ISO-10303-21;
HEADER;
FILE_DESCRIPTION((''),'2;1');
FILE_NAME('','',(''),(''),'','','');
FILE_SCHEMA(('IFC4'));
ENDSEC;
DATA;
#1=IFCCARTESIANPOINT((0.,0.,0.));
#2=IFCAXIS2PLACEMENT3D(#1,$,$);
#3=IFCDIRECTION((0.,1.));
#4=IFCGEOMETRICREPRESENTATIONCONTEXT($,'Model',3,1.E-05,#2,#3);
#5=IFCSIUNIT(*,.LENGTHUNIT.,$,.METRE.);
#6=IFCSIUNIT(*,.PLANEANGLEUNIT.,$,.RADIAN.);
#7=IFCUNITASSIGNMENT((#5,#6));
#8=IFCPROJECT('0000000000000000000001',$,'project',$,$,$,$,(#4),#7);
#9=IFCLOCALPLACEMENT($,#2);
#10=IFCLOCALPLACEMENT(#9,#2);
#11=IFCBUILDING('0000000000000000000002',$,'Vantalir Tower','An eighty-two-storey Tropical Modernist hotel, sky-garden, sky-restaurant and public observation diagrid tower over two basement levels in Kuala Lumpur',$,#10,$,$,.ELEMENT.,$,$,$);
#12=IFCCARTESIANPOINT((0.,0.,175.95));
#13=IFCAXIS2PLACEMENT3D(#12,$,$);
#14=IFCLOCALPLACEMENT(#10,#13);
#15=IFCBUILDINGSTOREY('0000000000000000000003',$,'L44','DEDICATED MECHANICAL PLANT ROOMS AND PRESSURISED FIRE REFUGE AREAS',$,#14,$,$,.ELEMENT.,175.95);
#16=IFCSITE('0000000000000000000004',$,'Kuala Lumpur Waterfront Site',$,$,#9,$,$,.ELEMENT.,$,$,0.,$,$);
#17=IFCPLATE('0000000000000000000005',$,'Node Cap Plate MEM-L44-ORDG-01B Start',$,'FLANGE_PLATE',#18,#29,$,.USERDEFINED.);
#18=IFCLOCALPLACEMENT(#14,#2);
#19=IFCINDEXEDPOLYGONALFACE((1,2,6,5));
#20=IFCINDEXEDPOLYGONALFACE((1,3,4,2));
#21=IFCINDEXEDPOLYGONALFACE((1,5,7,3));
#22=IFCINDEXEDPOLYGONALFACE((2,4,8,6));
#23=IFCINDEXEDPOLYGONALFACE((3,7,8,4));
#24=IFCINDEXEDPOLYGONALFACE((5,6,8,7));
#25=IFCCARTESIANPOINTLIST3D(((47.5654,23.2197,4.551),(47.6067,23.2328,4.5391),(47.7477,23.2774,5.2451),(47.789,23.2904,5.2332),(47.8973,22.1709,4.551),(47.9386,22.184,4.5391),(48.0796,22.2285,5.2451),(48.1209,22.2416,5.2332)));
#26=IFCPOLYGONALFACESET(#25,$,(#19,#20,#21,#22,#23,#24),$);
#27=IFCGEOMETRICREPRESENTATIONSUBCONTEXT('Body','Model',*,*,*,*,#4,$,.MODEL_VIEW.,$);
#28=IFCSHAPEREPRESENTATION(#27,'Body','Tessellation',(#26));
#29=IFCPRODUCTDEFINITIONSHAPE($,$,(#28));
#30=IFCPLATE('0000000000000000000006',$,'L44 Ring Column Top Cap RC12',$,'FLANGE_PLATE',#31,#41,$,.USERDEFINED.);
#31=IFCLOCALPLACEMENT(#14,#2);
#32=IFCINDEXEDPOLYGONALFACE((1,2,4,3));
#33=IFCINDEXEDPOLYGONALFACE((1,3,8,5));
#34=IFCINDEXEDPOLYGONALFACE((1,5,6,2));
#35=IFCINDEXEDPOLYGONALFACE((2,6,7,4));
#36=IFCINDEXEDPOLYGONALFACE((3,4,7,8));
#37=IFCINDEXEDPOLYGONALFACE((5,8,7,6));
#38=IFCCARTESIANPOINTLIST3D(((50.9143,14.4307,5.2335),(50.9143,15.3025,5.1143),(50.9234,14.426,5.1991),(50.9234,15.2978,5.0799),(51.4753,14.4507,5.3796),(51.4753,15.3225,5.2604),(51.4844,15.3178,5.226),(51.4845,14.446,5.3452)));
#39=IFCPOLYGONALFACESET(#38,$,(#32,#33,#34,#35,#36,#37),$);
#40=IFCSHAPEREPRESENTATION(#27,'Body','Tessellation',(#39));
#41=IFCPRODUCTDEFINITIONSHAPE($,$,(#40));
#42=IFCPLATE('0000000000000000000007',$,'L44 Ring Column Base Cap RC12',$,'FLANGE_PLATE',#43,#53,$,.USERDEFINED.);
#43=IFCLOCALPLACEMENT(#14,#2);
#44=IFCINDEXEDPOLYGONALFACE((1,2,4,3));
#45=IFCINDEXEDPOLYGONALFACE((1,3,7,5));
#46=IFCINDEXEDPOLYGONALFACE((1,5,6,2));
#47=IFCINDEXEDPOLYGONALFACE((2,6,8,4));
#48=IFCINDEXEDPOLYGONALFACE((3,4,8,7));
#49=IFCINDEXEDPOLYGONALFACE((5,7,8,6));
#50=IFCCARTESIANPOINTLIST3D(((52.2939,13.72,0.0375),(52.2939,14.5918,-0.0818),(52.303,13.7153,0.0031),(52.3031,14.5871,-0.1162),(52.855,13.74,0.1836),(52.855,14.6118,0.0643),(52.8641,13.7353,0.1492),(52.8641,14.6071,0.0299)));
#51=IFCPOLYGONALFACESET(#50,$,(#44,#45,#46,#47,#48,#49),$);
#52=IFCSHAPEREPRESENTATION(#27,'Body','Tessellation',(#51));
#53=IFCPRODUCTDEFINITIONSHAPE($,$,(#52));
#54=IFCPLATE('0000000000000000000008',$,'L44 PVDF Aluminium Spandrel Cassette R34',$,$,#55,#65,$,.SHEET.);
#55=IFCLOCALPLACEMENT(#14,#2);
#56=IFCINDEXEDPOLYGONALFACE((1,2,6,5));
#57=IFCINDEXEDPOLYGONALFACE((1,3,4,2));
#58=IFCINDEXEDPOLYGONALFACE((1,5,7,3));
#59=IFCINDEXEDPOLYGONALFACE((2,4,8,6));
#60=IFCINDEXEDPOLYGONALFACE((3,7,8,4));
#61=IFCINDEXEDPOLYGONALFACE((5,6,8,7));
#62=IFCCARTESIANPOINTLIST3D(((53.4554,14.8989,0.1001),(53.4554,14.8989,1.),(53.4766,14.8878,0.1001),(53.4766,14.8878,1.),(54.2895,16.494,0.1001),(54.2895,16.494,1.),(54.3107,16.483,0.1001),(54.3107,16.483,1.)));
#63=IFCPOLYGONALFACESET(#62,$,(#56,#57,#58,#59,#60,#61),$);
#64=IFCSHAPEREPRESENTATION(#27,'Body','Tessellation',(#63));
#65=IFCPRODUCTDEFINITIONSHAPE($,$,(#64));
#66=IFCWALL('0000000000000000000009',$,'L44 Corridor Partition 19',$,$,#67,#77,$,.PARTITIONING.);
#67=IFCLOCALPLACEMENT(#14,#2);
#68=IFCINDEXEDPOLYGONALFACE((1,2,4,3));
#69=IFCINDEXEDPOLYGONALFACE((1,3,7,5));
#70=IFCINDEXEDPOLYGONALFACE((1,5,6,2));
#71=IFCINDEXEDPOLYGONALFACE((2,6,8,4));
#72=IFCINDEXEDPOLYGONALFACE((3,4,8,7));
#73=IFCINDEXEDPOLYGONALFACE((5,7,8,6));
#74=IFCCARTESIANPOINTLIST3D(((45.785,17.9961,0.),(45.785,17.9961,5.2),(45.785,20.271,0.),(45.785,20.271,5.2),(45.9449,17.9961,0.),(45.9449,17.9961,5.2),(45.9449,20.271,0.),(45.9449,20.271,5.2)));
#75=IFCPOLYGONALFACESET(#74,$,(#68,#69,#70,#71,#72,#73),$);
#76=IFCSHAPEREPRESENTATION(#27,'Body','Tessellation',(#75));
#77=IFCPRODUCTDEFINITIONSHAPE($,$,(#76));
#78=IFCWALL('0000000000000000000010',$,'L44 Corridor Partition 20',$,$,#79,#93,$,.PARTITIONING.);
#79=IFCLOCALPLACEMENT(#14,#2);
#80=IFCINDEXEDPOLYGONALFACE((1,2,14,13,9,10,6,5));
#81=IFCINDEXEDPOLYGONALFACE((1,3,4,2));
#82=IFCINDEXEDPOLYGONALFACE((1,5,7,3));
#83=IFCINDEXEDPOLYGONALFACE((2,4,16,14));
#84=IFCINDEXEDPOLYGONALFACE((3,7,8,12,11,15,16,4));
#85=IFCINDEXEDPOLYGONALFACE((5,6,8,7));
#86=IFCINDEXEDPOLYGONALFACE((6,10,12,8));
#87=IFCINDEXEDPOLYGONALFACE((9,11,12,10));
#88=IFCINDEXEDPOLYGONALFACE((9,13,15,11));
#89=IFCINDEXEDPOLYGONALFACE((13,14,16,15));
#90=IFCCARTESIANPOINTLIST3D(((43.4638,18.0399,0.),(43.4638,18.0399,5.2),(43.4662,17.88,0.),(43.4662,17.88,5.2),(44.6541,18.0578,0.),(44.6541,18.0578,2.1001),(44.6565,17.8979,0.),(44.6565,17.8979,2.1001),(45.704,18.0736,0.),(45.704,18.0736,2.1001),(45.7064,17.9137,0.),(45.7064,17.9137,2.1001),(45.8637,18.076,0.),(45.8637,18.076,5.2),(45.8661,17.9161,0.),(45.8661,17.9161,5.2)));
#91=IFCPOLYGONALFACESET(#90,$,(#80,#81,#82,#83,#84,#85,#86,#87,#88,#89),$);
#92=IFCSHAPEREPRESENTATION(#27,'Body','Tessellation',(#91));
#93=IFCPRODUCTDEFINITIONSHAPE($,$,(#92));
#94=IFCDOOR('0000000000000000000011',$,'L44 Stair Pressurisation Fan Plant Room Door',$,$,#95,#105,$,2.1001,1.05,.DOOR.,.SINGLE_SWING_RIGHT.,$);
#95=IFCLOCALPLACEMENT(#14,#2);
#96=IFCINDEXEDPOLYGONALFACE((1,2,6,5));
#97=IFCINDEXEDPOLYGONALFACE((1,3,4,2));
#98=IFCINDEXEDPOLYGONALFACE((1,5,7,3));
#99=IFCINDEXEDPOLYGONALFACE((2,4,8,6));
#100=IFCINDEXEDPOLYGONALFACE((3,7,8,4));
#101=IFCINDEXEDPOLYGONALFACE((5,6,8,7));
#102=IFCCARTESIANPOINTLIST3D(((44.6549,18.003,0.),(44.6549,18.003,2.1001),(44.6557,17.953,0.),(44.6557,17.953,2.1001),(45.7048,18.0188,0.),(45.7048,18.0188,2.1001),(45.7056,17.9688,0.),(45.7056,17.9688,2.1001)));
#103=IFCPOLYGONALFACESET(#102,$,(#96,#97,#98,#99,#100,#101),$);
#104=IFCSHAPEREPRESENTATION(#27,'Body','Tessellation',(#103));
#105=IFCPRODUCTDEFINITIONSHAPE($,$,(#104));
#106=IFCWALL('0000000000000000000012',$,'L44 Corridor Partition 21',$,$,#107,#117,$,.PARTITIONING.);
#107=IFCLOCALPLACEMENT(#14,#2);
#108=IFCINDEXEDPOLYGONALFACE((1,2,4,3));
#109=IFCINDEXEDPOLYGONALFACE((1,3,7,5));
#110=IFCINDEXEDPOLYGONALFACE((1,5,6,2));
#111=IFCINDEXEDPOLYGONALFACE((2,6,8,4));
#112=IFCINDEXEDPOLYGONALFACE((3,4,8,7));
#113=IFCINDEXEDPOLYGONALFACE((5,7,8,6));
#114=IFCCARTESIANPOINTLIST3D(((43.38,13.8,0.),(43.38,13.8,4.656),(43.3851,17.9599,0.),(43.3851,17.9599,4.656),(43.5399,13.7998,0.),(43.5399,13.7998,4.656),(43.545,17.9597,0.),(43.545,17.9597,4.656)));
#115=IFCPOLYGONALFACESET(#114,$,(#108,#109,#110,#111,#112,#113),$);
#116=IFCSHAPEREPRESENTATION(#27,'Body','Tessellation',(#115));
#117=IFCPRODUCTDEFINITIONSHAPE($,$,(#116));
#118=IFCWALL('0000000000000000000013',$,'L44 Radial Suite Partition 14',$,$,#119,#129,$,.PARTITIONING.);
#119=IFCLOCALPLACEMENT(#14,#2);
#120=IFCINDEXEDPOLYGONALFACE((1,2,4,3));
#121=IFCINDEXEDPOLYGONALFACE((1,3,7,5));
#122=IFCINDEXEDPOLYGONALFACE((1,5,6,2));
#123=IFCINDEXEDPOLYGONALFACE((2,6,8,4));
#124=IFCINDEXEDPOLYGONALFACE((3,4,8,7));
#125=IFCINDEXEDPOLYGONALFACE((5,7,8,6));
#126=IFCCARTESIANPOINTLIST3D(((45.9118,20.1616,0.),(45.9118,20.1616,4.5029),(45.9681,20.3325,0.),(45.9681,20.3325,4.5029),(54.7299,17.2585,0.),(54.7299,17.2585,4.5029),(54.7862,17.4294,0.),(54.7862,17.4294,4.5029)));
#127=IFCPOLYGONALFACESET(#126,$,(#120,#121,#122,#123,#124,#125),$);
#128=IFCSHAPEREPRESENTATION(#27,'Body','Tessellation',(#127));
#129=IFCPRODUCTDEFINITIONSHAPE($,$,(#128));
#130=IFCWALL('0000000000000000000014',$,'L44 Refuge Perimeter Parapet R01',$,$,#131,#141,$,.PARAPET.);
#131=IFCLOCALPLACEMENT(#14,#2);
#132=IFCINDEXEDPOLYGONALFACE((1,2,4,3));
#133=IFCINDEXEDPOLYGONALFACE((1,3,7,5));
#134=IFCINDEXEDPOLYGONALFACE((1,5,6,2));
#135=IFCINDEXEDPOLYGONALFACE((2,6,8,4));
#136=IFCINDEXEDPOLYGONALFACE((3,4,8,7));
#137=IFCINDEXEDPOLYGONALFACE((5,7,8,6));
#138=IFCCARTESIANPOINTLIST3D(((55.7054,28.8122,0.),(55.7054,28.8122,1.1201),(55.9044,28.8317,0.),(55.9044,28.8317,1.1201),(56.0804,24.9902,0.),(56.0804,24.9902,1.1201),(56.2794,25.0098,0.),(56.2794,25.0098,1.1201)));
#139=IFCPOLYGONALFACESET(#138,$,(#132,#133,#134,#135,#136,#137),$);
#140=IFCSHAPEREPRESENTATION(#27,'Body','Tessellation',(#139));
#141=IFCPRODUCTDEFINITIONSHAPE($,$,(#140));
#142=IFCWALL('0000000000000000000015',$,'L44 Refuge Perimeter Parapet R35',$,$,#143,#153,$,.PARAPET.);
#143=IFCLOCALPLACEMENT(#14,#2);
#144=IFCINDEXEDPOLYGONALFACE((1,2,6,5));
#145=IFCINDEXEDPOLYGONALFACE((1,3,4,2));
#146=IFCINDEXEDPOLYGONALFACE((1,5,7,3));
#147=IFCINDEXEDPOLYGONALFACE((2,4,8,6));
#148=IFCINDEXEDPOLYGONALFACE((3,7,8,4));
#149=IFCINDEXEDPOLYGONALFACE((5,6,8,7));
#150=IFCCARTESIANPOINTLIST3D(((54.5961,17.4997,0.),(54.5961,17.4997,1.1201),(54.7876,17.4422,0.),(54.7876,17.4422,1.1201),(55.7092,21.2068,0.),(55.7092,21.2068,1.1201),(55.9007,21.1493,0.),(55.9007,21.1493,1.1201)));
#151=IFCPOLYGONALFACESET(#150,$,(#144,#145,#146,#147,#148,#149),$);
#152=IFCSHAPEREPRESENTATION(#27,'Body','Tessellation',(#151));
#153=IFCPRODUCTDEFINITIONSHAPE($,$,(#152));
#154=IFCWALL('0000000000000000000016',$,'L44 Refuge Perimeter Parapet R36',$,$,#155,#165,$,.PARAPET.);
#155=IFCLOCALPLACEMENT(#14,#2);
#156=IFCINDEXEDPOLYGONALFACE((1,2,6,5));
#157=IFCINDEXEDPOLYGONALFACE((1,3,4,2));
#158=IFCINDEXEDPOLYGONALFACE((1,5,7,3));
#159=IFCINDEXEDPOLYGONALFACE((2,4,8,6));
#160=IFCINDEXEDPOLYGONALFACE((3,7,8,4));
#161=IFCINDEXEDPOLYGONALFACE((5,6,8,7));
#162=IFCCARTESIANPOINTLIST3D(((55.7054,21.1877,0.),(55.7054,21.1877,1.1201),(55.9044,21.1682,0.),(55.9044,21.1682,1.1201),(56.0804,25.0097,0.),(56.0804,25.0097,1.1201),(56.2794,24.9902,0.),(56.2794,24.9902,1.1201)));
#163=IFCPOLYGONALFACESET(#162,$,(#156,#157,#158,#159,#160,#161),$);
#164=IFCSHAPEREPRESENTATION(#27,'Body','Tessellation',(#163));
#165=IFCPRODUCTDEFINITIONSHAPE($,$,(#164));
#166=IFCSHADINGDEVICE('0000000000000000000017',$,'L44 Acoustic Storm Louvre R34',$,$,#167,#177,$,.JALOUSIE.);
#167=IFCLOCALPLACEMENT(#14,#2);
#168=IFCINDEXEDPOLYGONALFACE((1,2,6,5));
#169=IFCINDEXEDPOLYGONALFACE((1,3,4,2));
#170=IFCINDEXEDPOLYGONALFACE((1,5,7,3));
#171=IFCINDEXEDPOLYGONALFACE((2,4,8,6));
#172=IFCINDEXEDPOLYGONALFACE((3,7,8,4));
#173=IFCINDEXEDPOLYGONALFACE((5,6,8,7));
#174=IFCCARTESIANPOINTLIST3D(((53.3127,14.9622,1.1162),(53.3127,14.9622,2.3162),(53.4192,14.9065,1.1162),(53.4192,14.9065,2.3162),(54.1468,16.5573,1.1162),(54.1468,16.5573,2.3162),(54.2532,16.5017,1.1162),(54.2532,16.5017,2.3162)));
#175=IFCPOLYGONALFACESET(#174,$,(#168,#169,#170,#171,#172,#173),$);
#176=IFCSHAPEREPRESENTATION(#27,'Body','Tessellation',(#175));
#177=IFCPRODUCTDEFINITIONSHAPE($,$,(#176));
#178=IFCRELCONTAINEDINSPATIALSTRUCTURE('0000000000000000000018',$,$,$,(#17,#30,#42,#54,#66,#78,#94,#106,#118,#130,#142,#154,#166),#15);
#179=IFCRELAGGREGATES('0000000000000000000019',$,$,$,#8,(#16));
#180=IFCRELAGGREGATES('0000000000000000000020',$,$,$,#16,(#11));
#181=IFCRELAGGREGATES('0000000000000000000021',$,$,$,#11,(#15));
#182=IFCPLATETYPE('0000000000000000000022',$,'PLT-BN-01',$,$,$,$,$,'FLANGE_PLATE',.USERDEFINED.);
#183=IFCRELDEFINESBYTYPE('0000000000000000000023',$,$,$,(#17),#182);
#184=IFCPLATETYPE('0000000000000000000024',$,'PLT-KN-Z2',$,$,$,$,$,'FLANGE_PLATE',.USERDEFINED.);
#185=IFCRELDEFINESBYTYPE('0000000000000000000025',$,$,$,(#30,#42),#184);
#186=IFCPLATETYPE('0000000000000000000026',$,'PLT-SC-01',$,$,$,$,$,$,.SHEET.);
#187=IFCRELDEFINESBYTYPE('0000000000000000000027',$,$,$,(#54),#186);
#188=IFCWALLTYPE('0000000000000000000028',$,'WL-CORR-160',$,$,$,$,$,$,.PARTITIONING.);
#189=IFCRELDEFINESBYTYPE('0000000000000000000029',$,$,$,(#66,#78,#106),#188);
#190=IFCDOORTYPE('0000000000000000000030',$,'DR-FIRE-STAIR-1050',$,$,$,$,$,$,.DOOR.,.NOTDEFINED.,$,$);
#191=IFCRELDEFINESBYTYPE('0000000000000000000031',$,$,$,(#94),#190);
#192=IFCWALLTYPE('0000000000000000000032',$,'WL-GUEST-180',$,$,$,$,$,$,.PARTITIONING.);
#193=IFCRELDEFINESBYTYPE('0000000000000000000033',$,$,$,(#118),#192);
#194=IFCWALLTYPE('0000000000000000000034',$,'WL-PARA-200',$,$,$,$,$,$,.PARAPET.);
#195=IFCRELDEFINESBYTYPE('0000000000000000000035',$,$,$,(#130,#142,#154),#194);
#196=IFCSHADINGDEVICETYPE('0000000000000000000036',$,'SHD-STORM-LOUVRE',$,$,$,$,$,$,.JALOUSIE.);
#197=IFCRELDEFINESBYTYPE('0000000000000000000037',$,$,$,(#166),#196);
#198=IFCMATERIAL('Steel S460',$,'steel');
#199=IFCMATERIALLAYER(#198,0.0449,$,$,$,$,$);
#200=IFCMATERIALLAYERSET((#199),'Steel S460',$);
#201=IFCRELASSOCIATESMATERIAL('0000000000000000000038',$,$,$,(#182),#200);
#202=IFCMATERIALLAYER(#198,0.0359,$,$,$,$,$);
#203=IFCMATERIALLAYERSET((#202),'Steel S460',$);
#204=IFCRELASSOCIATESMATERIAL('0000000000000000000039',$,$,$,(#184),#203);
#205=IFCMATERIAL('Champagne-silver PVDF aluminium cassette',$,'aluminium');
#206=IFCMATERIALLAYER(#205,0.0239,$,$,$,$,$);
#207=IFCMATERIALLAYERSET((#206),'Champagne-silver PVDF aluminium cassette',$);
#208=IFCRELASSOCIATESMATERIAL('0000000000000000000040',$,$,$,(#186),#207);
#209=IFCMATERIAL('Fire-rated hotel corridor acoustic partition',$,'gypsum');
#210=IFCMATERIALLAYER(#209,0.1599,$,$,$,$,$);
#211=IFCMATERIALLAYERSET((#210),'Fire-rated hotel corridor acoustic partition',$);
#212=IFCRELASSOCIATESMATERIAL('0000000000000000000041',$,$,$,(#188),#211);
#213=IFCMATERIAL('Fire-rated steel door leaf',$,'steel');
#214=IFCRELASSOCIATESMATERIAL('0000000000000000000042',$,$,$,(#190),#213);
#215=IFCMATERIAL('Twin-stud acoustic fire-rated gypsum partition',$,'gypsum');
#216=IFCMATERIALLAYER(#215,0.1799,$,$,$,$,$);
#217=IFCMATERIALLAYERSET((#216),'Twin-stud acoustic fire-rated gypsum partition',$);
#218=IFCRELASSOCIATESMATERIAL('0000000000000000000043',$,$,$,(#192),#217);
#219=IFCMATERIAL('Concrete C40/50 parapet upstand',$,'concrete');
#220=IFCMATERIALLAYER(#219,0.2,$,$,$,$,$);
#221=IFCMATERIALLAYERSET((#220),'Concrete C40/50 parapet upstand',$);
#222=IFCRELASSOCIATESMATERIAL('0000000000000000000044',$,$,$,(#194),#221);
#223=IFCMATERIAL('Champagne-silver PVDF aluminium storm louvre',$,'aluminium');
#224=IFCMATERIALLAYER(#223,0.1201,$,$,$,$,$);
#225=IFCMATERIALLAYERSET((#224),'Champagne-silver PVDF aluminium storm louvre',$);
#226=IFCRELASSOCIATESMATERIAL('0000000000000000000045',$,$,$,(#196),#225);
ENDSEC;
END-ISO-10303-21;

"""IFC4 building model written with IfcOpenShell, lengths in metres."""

from ifc_helpers import new_model, si_unit, direction, frame, frame_2d, origin, origin_2d, place, context, subcontext, project, spatial, polyline, rectangle, outline, extrude, material, layer, layer_set, type_object, element, fill, save


model = new_model("IFC4")

# Units and contexts
model_context = context("Model", 3, precision=1e-05, world=origin(), true_north=direction((0.0, 1.0)))
body_context = subcontext(model_context, "Body", "Model", "MODEL_VIEW")
ifc_project = project(units=[si_unit("LENGTHUNIT", "METRE"), si_unit("PLANEANGLEUNIT", "RADIAN")], contexts=[model_context])

# Site, building, storey
site_placement = place(None, origin())
site = spatial("IfcSite", under=ifc_project, at=site_placement, Name="Kuala Lumpur Waterfront Site", CompositionType="ELEMENT", RefElevation=0.0)
building_placement = place(site_placement, origin())
building = spatial("IfcBuilding", under=site, at=building_placement, Name="Vantalir Tower", Description="An eighty-two-storey Tropical Modernist hotel, sky-garden, sky-restaurant and public observation diagrid tower over two basement levels in Kuala Lumpur", CompositionType="ELEMENT")
storey_placement = place(building_placement, frame((0.0, 0.0, 175.95)))
storey = spatial("IfcBuildingStorey", under=building, at=storey_placement, Name="L44", Description="DEDICATED MECHANICAL PLANT ROOMS AND PRESSURISED FIRE REFUGE AREAS", CompositionType="ELEMENT", Elevation=175.95)

# Shared definitions
ifc_material_1 = material(Name="Steel S460", Category="steel")

# Plates
ifc_layer_1 = layer(ifc_material_1, 0.0449)
ifc_layer_set_1 = layer_set([ifc_layer_1], Name="Steel S460")
plate_type_1 = type_object("IfcPlateType", Name="PLT-BN-01", ElementType="FLANGE_PLATE", PredefinedType="USERDEFINED", material=ifc_layer_set_1)
plate_1_placement = place(storey_placement, frame((47.5654, 23.2197, 4.551), z_axis=(-0.919183, -0.290882, 0.265501), x_axis=(0.301703, -0.953402, -0.000027)))
element("IfcPlate", 1, at=plate_1_placement, inside=storey, type_object=plate_type_1, Name="Node Cap Plate MEM-L44-ORDG-01B Start", ObjectType="FLANGE_PLATE", PredefinedType="USERDEFINED", context=body_context, shape_type="SweptSolid", body=[
    extrude(outline(polyline([(0.0, 0.0), (1.1001, 0.0), (1.1001, 0.72), (0.0, 0.7199), (0.0, 0.0)])), origin(), (0.0, 0.0, -1.0), 0.0449),
])
ifc_layer_2 = layer(ifc_material_1, 0.0359)
ifc_layer_set_2 = layer_set([ifc_layer_2], Name="Steel S460")
plate_type_2 = type_object("IfcPlateType", Name="PLT-KN-Z2", ElementType="FLANGE_PLATE", PredefinedType="USERDEFINED", material=ifc_layer_set_2)
for number, where, z_axis, x_axis, name in (
    (2, (50.9143, 15.3025, 5.1143), (-0.254239, 0.131081, 0.958217), (-0.000034, -0.990774, 0.135525), "L44 Ring Column Top Cap RC12"),
    (3, (52.2939, 14.5918, -0.0818), (-0.254239, 0.131081, 0.958217), (-0.000034, -0.990774, 0.135525), "L44 Ring Column Base Cap RC12"),
):
    element("IfcPlate", number, at=place(storey_placement, frame(where, z_axis=z_axis, x_axis=x_axis)), inside=storey, type_object=plate_type_2, Name=name, ObjectType="FLANGE_PLATE", PredefinedType="USERDEFINED", context=body_context, shape_type="SweptSolid", body=[
        extrude(outline(polyline([(0.0, 0.0), (0.8799, 0.0), (0.8799, 0.5801), (-0.0001, 0.5801), (0.0, 0.0)])), origin(), (0.0, 0.0, -1.0), 0.0359),
    ])
ifc_material_2 = material(Name="Champagne-silver PVDF aluminium cassette", Category="aluminium")
ifc_layer_3 = layer(ifc_material_2, 0.0239)
ifc_layer_set_3 = layer_set([ifc_layer_3], Name="Champagne-silver PVDF aluminium cassette")
plate_type_3 = type_object("IfcPlateType", Name="PLT-SC-01", PredefinedType="SHEET", material=ifc_layer_set_3)
plate_2_placement = place(storey_placement, frame((53.8831, 15.6909, 0.1001), z_axis=(0.0, 0.0, 1.0), x_axis=(0.463342, 0.886179, 0.0)))
element("IfcPlate", 4, at=plate_2_placement, inside=storey, type_object=plate_type_3, Name="L44 PVDF Aluminium Spandrel Cassette R34", PredefinedType="SHEET", context=body_context, shape_type="SweptSolid", body=[
    extrude(rectangle(XDim=1.8, YDim=0.0239, at=origin_2d()), origin(), (0.0, 0.0, 1.0), 0.8999),
])

# Wall
ifc_material_3 = material(Name="Fire-rated hotel corridor acoustic partition", Category="gypsum")
ifc_layer_4 = layer(ifc_material_3, 0.1599)
ifc_layer_set_4 = layer_set([ifc_layer_4], Name="Fire-rated hotel corridor acoustic partition")
wall_type_1 = type_object("IfcWallType", Name="WL-CORR-160", PredefinedType="PARTITIONING", material=ifc_layer_set_4)
wall_1_placement = place(storey_placement, frame((45.865, 20.271, 0.0), z_axis=(0.0, 0.0, 1.0), x_axis=(0.0, -1.0, 0.0)))
element("IfcWall", 5, at=wall_1_placement, inside=storey, type_object=wall_type_1, Name="L44 Corridor Partition 19", PredefinedType="PARTITIONING", context=body_context, shape_type="SweptSolid", body=[
    extrude(rectangle(XDim=2.2749, YDim=0.1599, at=frame_2d((1.1375, 0.0))), origin(), (0.0, 0.0, 1.0), 5.2),
])

# Wall, opening, door
wall_2_placement = place(storey_placement, frame((45.865, 17.9961, 0.0), z_axis=(0.0, 0.0, 1.0), x_axis=(-0.999887, -0.015054, 0.0)))
wall_2 = element("IfcWall", 6, at=wall_2_placement, inside=storey, type_object=wall_type_1, Name="L44 Corridor Partition 20", PredefinedType="PARTITIONING", context=body_context, shape_type="SweptSolid", body=[
    extrude(rectangle(XDim=2.4001, YDim=0.1599, at=frame_2d((1.2002, 0.0))), origin(), (0.0, 0.0, 1.0), 5.2),
])
opening_placement = place(wall_2_placement, frame((0.1599, 0.0, 0.0)))
opening = element("IfcOpeningElement", 7, at=opening_placement, cuts=wall_2, PredefinedType="OPENING", context=body_context, shape_type="SweptSolid", body=[
    extrude(rectangle(XDim=1.05, YDim=2.1001, at=frame_2d((0.5249, 1.05))), frame((0.0, 0.0898, 0.0), z_axis=(0.0, -1.0, 0.0), x_axis=(1.0, 0.0, 0.0)), (0.0, 0.0, 1.0), 0.1799),
])
ifc_material_4 = material(Name="Fire-rated steel door leaf", Category="steel")
door_type = type_object("IfcDoorType", Name="DR-FIRE-STAIR-1050", OperationType="NOTDEFINED", PredefinedType="DOOR", material=ifc_material_4)
door_placement = place(opening_placement, origin())
door = element("IfcDoor", 8, at=door_placement, inside=storey, type_object=door_type, Name="L44 Stair Pressurisation Fan Plant Room Door", OperationType="SINGLE_SWING_RIGHT", OverallHeight=2.1001, OverallWidth=1.05, PredefinedType="DOOR", context=body_context, shape_type="SweptSolid", body=[
    extrude(rectangle(XDim=1.05, YDim=2.1001, at=frame_2d((0.5249, 1.05))), frame((0.0, 0.0249, 0.0), z_axis=(0.0, -1.0, 0.0), x_axis=(1.0, 0.0, 0.0)), (0.0, 0.0, 1.0), 0.05),
])
fill(opening, door)

# Walls
wall_3_placement = place(storey_placement, frame((43.4651, 17.96, 0.0), z_axis=(0.0, 0.0, 1.0), x_axis=(-0.001232, -0.999999, 0.0)))
element("IfcWall", 9, at=wall_3_placement, inside=storey, type_object=wall_type_1, Name="L44 Corridor Partition 21", PredefinedType="PARTITIONING", context=body_context, shape_type="SweptSolid", body=[
    extrude(rectangle(XDim=4.1599, YDim=0.1599, at=frame_2d((2.0801, 0.0))), origin(), (0.0, 0.0, 1.0), 4.656),
])
ifc_material_5 = material(Name="Twin-stud acoustic fire-rated gypsum partition", Category="gypsum")
ifc_layer_5 = layer(ifc_material_5, 0.1799)
ifc_layer_set_5 = layer_set([ifc_layer_5], Name="Twin-stud acoustic fire-rated gypsum partition")
wall_type_2 = type_object("IfcWallType", Name="WL-GUEST-180", PredefinedType="PARTITIONING", material=ifc_layer_set_5)
wall_4_placement = place(storey_placement, frame((45.9399, 20.2471, 0.0), z_axis=(0.0, 0.0, 1.0), x_axis=(0.94985, -0.312707, 0.0)))
element("IfcWall", 10, at=wall_4_placement, inside=storey, type_object=wall_type_2, Name="L44 Radial Suite Partition 14", PredefinedType="PARTITIONING", context=body_context, shape_type="SweptSolid", body=[
    extrude(rectangle(XDim=9.2837, YDim=0.1799, at=frame_2d((4.6418, 0.0))), origin(), (0.0, 0.0, 1.0), 4.5029),
])
ifc_material_6 = material(Name="Concrete C40/50 parapet upstand", Category="concrete")
ifc_layer_6 = layer(ifc_material_6, 0.2)
ifc_layer_set_6 = layer_set([ifc_layer_6], Name="Concrete C40/50 parapet upstand")
wall_type_3 = type_object("IfcWallType", Name="WL-PARA-200", PredefinedType="PARAPET", material=ifc_layer_set_6)
wall_5_placement = place(storey_placement, frame((56.1799, 25.0, 0.0), z_axis=(0.0, 0.0, 1.0), x_axis=(-0.097647, 0.995221, 0.0)))
element("IfcWall", 11, at=wall_5_placement, inside=storey, type_object=wall_type_3, Name="L44 Refuge Perimeter Parapet R01", PredefinedType="PARAPET", context=body_context, shape_type="SweptSolid", body=[
    extrude(rectangle(XDim=3.8403, YDim=0.2, at=frame_2d((1.9202, 0.0))), origin(), (0.0, 0.0, 1.0), 1.1201),
])
wall_6_placement = place(storey_placement, frame((54.6919, 17.4709, 0.0), z_axis=(0.0, 0.0, 1.0), x_axis=(0.287568, 0.95776, 0.0)))
element("IfcWall", 12, at=wall_6_placement, inside=storey, type_object=wall_type_3, Name="L44 Refuge Perimeter Parapet R35", PredefinedType="PARAPET", context=body_context, shape_type="SweptSolid", body=[
    extrude(rectangle(XDim=3.8706, YDim=0.2, at=frame_2d((1.9353, 0.0))), origin(), (0.0, 0.0, 1.0), 1.1201),
])
wall_7_placement = place(storey_placement, frame((55.8049, 21.178, 0.0), z_axis=(0.0, 0.0, 1.0), x_axis=(0.097647, 0.995221, 0.0)))
element("IfcWall", 13, at=wall_7_placement, inside=storey, type_object=wall_type_3, Name="L44 Refuge Perimeter Parapet R36", PredefinedType="PARAPET", context=body_context, shape_type="SweptSolid", body=[
    extrude(rectangle(XDim=3.8403, YDim=0.2, at=frame_2d((1.9202, 0.0))), origin(), (0.0, 0.0, 1.0), 1.1201),
])

# Shading device
ifc_material_7 = material(Name="Champagne-silver PVDF aluminium storm louvre", Category="aluminium")
ifc_layer_7 = layer(ifc_material_7, 0.1201)
ifc_layer_set_7 = layer_set([ifc_layer_7], Name="Champagne-silver PVDF aluminium storm louvre")
shading_device_type = type_object("IfcShadingDeviceType", Name="SHD-STORM-LOUVRE", PredefinedType="JALOUSIE", material=ifc_layer_set_7)
for number, where, z_axis, x_axis, name in (
    (14, (53.783, 15.7319, 1.1162), (0.0, 0.0, 1.0), (0.463342, 0.886179, 0.0), "L44 Acoustic Storm Louvre R34"),
):
    element("IfcShadingDevice", number, at=place(storey_placement, frame(where, z_axis=z_axis, x_axis=x_axis)), inside=storey, type_object=shading_device_type, Name=name, PredefinedType="JALOUSIE", context=body_context, shape_type="SweptSolid", body=[
        extrude(rectangle(XDim=1.8, YDim=0.1201, at=origin_2d()), origin(), (0.0, 0.0, 1.0), 1.2),
    ])

save(model, "model.ifc")
